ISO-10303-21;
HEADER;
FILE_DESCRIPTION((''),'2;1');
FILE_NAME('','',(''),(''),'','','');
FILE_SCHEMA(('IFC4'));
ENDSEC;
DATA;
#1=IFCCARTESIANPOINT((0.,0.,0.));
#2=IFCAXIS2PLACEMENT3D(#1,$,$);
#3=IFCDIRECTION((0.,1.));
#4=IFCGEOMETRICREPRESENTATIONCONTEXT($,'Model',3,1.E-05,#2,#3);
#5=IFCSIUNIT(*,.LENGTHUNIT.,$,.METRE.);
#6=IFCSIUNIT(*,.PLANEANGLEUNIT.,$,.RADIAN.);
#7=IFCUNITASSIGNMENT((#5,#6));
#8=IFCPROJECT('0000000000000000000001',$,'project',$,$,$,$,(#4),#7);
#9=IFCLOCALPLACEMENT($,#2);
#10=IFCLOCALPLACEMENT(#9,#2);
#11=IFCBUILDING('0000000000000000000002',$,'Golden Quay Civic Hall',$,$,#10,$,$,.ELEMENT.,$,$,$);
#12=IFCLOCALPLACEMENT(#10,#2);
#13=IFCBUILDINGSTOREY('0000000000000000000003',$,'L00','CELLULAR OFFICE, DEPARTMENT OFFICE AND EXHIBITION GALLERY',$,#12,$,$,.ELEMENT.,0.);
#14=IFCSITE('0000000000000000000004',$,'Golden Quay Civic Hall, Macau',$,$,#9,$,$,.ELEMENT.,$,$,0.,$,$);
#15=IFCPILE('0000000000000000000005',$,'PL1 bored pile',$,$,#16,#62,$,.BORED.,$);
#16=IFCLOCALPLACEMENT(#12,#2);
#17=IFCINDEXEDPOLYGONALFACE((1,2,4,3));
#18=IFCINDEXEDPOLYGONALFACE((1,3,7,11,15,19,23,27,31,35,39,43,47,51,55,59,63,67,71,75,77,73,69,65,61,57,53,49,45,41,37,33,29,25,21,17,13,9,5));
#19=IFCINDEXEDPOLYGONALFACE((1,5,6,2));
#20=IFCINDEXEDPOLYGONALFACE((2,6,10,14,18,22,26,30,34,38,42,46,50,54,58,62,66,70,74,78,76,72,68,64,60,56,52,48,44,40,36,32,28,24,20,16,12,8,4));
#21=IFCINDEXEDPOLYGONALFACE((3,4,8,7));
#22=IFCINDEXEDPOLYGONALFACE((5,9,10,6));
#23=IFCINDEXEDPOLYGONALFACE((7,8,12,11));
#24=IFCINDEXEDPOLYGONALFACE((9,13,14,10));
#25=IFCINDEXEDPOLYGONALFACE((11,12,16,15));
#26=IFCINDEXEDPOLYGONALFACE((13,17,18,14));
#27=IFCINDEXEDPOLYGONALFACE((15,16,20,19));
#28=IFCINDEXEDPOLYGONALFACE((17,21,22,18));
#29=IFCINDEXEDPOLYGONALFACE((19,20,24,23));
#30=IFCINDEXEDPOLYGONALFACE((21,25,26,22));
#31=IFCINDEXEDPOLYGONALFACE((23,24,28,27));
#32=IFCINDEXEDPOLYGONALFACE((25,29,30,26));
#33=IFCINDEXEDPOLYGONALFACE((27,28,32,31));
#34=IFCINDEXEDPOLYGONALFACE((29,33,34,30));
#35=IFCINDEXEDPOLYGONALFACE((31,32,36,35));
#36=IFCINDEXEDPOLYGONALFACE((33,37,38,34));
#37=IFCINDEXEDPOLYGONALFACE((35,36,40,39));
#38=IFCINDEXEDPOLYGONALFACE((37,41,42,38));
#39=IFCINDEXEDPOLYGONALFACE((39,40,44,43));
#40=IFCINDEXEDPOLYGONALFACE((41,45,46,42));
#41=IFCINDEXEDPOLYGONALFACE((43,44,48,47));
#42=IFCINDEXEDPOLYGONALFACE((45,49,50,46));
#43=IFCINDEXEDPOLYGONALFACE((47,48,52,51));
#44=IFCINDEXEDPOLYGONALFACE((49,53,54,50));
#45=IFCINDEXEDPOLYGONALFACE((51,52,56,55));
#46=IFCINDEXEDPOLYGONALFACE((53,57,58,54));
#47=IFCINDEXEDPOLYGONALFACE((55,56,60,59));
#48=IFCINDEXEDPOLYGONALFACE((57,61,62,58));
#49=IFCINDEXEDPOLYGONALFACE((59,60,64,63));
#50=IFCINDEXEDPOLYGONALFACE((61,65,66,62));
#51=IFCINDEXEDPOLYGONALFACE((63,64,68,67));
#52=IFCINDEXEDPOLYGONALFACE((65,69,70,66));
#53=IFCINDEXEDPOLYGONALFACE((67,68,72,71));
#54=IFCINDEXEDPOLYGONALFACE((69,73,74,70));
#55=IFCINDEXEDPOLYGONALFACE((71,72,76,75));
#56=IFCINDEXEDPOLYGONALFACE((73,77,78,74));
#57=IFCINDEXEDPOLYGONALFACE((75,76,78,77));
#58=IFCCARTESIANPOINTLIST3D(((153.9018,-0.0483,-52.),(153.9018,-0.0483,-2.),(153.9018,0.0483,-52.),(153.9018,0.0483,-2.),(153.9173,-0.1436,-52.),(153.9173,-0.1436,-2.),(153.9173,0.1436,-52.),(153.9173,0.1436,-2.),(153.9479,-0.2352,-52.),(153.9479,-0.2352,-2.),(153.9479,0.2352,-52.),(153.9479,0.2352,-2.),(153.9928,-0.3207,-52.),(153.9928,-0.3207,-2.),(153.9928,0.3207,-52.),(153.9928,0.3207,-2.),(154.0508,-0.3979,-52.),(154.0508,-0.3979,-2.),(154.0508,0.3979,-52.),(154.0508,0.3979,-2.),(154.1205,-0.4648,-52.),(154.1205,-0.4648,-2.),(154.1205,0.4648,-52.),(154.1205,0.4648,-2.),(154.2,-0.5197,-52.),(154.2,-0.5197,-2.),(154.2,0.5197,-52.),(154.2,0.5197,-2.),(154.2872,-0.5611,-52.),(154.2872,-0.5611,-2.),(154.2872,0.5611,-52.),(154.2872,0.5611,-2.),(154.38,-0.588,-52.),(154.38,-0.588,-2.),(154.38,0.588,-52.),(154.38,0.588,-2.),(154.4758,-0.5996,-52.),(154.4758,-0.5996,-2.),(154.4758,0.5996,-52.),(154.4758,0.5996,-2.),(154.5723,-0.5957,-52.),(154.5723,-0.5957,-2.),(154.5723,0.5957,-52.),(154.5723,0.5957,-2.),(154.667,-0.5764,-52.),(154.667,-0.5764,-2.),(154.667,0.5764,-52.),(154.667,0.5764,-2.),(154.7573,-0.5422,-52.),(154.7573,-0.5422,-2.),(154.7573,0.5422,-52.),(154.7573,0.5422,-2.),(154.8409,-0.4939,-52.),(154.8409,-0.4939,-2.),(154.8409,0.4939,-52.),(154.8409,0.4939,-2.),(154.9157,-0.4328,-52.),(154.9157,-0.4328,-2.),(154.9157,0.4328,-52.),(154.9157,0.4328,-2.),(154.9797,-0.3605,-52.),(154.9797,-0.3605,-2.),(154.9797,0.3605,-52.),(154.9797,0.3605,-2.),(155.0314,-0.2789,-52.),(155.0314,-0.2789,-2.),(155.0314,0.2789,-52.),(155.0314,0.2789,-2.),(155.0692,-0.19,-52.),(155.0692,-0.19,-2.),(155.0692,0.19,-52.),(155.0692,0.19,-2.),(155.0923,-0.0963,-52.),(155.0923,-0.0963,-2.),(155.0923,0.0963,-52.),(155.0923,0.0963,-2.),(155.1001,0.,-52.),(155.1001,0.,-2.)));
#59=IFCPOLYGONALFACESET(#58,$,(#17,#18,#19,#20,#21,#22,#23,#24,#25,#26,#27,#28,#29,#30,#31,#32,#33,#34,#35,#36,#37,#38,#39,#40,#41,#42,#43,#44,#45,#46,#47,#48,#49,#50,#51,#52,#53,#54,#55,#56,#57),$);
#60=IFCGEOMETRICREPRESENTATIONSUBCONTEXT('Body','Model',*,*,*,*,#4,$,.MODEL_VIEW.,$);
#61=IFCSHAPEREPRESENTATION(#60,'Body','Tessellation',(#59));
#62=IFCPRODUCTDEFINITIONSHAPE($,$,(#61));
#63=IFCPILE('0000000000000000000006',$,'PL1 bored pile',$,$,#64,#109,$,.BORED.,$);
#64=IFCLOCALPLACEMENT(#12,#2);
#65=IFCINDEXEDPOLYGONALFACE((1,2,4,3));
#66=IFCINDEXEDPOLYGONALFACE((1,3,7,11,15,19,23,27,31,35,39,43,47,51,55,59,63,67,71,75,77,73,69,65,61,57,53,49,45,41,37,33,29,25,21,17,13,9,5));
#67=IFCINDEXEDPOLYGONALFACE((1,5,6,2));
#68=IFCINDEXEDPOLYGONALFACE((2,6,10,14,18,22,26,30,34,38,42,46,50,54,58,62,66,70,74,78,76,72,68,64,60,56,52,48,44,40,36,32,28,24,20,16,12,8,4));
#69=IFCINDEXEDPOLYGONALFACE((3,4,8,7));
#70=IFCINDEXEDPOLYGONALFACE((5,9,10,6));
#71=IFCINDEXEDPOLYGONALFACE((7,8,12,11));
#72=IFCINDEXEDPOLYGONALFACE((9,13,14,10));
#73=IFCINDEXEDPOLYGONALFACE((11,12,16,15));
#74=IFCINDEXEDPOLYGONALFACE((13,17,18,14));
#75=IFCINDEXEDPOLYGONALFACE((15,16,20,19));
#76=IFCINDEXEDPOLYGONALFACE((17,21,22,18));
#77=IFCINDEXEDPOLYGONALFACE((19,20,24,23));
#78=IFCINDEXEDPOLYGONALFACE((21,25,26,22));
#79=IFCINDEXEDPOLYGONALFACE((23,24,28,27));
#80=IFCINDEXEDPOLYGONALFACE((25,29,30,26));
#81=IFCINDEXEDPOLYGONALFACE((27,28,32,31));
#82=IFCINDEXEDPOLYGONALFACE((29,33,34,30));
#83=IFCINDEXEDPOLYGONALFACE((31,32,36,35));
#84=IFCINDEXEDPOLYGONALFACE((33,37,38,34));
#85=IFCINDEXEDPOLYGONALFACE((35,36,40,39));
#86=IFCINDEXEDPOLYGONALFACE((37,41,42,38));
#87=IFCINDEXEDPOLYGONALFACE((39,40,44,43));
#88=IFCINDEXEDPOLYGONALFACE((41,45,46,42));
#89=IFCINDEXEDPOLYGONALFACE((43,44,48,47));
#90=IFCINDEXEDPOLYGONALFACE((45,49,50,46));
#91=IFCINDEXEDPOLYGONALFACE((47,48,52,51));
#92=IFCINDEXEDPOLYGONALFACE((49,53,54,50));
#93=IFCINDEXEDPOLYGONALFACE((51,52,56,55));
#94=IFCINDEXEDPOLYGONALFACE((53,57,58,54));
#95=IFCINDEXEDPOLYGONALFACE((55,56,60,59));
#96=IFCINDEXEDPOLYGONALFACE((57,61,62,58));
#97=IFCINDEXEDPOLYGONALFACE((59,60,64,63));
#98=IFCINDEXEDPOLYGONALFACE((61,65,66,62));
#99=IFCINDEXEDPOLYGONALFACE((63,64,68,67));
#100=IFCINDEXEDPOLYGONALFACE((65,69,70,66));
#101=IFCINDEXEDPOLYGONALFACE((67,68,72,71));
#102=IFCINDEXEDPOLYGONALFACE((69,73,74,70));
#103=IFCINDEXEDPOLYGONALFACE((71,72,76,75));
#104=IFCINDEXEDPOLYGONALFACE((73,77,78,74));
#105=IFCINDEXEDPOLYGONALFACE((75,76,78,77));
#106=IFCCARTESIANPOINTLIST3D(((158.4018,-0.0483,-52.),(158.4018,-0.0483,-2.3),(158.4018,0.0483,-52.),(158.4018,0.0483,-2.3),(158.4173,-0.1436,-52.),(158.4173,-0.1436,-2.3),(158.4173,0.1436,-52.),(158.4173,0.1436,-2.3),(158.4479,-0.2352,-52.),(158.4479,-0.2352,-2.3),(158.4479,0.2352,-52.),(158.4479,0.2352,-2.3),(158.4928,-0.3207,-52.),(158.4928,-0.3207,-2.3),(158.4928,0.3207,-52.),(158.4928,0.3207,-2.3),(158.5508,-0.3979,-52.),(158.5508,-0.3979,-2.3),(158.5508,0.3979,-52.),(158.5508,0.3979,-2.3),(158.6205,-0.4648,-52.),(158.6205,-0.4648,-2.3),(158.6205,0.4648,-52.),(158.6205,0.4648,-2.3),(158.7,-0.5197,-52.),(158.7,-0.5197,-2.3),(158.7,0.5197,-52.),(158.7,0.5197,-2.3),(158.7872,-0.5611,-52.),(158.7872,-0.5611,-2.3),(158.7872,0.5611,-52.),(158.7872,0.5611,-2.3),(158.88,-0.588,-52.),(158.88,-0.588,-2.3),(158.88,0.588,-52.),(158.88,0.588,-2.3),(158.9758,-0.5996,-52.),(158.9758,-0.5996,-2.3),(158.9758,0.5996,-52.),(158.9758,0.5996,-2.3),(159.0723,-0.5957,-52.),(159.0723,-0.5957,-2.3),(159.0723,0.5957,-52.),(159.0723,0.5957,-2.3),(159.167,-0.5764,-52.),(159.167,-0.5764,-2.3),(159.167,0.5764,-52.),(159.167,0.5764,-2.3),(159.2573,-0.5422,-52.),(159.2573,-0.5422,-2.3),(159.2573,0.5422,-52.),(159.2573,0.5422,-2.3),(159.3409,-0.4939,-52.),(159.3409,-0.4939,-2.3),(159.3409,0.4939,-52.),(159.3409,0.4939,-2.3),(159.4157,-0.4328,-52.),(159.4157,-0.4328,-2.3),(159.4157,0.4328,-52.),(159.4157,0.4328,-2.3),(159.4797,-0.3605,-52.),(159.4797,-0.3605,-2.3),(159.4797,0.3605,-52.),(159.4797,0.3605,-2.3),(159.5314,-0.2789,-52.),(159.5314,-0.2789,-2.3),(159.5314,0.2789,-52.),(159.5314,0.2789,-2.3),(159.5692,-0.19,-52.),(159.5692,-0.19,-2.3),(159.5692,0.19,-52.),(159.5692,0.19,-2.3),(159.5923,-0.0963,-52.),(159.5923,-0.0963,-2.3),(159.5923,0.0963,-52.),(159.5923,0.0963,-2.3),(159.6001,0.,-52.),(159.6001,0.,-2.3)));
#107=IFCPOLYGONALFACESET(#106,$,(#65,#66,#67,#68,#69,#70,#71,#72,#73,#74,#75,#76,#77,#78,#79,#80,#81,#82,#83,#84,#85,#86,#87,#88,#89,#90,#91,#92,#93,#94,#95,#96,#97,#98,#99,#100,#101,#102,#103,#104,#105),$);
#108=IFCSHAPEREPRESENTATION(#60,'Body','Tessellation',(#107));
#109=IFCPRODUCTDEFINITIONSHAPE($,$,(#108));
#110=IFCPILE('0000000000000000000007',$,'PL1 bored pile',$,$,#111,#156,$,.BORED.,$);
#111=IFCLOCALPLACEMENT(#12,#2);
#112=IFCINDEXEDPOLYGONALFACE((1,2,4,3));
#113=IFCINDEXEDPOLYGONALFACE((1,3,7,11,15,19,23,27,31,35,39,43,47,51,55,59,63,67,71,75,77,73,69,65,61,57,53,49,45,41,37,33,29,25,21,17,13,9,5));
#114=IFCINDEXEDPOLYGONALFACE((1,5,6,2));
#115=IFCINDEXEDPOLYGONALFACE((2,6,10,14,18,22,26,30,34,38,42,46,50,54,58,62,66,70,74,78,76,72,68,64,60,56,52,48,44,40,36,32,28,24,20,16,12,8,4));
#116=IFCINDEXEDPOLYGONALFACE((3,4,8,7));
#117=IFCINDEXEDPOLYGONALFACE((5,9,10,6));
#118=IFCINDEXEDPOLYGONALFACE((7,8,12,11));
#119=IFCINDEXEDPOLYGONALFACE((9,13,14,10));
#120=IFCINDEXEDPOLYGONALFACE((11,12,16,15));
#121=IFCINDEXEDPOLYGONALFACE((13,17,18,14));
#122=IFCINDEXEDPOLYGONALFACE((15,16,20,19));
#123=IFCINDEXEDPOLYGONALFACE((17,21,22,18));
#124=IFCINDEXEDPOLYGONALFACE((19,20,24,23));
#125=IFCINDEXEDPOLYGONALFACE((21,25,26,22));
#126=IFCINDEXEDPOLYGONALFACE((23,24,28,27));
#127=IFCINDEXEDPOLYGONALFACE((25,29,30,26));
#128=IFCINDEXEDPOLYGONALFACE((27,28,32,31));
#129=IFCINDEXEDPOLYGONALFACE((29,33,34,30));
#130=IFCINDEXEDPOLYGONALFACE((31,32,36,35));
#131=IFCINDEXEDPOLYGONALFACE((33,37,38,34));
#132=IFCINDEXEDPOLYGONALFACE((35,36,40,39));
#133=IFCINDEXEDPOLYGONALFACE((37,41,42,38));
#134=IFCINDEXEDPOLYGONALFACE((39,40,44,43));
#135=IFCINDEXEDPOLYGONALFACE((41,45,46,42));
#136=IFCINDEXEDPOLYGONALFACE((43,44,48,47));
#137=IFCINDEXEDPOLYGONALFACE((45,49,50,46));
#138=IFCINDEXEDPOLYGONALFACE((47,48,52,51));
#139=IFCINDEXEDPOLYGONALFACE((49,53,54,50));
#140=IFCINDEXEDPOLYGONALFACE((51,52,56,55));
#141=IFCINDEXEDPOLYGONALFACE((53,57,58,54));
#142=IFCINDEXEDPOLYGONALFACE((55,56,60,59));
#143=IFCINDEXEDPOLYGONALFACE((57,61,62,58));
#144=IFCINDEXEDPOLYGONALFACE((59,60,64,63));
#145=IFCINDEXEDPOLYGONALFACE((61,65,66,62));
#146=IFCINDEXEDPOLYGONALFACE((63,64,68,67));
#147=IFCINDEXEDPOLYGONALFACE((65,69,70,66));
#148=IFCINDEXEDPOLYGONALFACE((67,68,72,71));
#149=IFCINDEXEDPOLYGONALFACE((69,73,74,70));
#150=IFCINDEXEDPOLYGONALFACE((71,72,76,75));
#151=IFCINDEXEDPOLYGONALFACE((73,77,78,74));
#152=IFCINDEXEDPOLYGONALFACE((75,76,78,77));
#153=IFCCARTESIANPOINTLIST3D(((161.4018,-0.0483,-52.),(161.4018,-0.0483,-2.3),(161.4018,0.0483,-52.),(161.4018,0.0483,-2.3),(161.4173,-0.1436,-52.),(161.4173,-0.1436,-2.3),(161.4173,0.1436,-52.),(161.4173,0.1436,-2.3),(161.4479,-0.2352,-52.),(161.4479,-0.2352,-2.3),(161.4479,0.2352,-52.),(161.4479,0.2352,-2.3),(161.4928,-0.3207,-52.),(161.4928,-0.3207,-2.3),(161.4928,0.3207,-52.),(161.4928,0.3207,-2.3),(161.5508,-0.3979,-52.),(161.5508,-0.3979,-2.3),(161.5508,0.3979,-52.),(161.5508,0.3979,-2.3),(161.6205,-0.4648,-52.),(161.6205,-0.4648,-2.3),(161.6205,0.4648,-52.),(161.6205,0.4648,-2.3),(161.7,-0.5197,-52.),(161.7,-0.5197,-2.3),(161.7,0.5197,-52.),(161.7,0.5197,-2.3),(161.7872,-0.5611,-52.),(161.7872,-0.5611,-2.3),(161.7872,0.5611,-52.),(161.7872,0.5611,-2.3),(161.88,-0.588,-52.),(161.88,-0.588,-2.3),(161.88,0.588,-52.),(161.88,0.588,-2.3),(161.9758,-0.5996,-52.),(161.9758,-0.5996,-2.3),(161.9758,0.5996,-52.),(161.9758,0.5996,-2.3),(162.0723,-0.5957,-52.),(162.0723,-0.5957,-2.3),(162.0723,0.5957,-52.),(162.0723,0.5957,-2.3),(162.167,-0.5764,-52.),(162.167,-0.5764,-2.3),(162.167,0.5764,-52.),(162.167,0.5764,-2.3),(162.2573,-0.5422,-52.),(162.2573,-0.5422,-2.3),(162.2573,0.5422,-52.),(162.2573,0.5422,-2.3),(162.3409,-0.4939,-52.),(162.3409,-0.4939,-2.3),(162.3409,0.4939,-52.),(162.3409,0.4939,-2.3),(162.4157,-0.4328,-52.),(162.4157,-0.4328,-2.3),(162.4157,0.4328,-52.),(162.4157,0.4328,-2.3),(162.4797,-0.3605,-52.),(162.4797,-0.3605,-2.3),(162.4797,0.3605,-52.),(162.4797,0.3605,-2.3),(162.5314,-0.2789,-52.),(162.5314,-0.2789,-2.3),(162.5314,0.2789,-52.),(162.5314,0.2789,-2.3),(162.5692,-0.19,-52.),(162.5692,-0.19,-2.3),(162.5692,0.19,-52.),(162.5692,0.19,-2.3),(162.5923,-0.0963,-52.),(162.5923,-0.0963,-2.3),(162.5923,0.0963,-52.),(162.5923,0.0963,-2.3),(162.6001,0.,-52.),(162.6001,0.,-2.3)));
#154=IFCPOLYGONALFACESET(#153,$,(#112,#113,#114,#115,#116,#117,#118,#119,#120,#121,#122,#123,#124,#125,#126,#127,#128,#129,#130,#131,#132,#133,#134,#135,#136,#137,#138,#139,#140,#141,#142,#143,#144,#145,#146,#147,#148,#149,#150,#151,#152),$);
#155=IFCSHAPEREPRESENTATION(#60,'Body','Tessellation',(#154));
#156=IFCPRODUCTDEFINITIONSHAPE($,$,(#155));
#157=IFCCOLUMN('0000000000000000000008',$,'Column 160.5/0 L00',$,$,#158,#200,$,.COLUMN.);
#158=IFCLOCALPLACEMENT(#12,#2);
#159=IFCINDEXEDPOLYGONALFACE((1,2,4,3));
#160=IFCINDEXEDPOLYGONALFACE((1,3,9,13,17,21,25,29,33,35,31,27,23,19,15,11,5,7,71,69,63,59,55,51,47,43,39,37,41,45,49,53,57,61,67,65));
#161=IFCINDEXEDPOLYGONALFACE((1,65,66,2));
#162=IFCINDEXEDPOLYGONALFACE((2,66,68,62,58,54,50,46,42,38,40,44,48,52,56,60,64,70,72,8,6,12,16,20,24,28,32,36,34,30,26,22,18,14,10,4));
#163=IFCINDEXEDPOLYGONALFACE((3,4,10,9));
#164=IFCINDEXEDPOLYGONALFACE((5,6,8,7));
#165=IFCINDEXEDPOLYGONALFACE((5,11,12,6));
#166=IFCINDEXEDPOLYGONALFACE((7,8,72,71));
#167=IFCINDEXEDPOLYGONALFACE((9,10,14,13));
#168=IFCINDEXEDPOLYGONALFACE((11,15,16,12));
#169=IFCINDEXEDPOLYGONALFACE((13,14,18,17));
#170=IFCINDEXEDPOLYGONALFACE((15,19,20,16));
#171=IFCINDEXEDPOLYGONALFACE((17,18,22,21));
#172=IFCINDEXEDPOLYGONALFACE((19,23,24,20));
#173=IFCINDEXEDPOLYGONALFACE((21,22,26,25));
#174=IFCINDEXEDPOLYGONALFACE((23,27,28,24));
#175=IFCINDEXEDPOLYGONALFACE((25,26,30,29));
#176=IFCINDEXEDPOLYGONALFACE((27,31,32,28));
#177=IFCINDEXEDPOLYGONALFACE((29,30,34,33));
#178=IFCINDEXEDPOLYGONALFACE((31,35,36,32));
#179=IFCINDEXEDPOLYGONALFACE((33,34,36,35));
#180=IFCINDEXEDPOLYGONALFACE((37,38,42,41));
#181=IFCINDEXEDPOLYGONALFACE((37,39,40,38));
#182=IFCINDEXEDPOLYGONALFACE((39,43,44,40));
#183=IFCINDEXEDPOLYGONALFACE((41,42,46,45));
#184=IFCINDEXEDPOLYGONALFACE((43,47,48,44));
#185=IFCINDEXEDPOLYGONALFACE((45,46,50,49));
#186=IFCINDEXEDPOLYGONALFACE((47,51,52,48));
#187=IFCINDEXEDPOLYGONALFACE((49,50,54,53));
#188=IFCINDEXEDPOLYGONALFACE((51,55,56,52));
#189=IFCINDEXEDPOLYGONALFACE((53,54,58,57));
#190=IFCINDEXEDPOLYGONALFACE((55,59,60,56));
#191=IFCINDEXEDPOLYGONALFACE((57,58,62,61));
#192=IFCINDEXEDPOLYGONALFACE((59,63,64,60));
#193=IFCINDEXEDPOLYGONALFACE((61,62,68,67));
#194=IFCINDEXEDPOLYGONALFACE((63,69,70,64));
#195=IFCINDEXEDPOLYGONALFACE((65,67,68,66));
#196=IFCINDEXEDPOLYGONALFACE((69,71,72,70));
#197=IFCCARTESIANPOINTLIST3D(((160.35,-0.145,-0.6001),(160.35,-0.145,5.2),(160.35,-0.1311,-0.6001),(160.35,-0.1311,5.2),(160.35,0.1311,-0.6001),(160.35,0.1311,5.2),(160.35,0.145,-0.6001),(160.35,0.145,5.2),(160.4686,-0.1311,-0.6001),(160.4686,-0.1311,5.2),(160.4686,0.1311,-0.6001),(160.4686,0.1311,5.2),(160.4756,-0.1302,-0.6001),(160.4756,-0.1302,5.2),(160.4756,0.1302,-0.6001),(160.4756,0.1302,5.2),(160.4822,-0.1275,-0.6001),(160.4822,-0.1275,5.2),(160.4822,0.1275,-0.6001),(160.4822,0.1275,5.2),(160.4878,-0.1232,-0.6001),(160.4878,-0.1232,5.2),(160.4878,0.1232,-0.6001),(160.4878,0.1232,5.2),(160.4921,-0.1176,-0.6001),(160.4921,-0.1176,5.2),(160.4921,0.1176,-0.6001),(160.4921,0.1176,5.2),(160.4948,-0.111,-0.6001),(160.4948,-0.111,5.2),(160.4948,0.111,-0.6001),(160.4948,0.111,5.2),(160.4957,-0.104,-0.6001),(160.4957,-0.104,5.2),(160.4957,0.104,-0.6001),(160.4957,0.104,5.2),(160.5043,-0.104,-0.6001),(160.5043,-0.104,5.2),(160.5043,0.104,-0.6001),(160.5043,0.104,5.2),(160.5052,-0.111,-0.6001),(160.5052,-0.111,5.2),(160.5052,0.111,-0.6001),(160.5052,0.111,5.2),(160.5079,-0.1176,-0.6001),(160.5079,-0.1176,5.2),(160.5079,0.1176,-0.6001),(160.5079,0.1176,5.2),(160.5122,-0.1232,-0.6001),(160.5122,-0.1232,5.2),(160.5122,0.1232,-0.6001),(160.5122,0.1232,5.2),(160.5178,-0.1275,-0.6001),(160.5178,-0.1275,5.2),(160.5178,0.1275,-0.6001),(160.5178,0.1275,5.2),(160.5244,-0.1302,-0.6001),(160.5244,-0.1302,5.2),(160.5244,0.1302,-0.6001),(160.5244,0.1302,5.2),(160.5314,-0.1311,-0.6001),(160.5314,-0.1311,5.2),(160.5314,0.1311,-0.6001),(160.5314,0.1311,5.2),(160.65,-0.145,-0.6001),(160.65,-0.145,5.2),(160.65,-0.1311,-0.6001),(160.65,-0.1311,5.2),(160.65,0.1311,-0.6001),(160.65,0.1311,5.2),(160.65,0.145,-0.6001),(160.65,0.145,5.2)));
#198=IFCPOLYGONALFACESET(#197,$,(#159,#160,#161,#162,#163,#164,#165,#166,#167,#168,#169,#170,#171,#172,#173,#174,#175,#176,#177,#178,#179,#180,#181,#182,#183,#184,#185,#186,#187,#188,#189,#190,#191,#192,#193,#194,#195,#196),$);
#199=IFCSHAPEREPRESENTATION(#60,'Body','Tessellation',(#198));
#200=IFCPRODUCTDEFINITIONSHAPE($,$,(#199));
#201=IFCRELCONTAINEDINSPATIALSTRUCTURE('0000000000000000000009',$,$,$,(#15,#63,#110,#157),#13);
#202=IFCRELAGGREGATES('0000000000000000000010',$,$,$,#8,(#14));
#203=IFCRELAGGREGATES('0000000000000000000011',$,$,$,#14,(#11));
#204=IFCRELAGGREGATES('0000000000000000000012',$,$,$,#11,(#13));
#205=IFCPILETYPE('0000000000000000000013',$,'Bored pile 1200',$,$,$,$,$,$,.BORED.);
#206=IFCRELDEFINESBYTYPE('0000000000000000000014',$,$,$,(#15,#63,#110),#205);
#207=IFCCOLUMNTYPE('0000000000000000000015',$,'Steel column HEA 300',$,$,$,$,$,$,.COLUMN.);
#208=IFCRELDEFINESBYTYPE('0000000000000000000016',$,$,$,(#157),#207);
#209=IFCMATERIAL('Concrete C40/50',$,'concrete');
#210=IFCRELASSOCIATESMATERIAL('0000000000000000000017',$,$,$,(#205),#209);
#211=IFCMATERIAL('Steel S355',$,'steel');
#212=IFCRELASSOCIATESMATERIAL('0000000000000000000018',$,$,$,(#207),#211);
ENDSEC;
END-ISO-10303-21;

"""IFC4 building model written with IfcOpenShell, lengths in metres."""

from ifc_helpers import new_model, si_unit, direction, frame, origin, origin_2d, place, context, subcontext, project, spatial, circle, i_section, extrude, material, material_profile, profile_set, type_object, element, save


model = new_model("IFC4")

# Units and contexts
model_context = context("Model", 3, precision=1e-05, world=origin(), true_north=direction((0.0, 1.0)))
body_context = subcontext(model_context, "Body", "Model", "MODEL_VIEW")
ifc_project = project(units=[si_unit("LENGTHUNIT", "METRE"), si_unit("PLANEANGLEUNIT", "RADIAN")], contexts=[model_context])

# Site, building, storey
site_placement = place(None, origin())
site = spatial("IfcSite", under=ifc_project, at=site_placement, Name="Golden Quay Civic Hall, Macau", CompositionType="ELEMENT", RefElevation=0.0)
building_placement = place(site_placement, origin())
building = spatial("IfcBuilding", under=site, at=building_placement, Name="Golden Quay Civic Hall", CompositionType="ELEMENT")
storey_placement = place(building_placement, origin())
storey = spatial("IfcBuildingStorey", under=building, at=storey_placement, Name="L00", Description="CELLULAR OFFICE, DEPARTMENT OFFICE AND EXHIBITION GALLERY", CompositionType="ELEMENT", Elevation=0.0)

# Piles
ifc_material_1 = material(Name="Concrete C40/50", Category="concrete")
ifc_material_profile_1 = material_profile(ifc_material_1, circle(Radius=0.6001, at=origin_2d()), Name="RC D1200")
ifc_profile_set_1 = profile_set([ifc_material_profile_1], Name="Concrete C40/50")
pile_type = type_object("IfcPileType", Name="Bored pile 1200", PredefinedType="BORED", material=ifc_profile_set_1)
pile_placement = place(storey_placement, frame((154.5, 0.0, -2.0), z_axis=(0.0, 0.0, -1.0), x_axis=(1.0, 0.0, 0.0)))
element("IfcPile", 1, at=pile_placement, inside=storey, type_object=pile_type, Name="PL1 bored pile", PredefinedType="BORED", context=body_context, shape_type="SweptSolid", body=[
    extrude(circle(Radius=0.6001, at=origin_2d()), origin(), (0.0, 0.0, 1.0), 50.0),
])
for number, where, z_axis, x_axis, name in (
    (2, (159.0, 0.0, -2.3), (0.0, 0.0, -1.0), (1.0, 0.0, 0.0), "PL1 bored pile"),
    (3, (162.0, 0.0, -2.3), (0.0, 0.0, -1.0), (1.0, 0.0, 0.0), "PL1 bored pile"),
):
    element("IfcPile", number, at=place(storey_placement, frame(where, z_axis=z_axis, x_axis=x_axis)), inside=storey, type_object=pile_type, Name=name, PredefinedType="BORED", context=body_context, shape_type="SweptSolid", body=[
        extrude(circle(Radius=0.6001, at=origin_2d()), origin(), (0.0, 0.0, 1.0), 49.7),
    ])

# Column
ifc_material_2 = material(Name="Steel S355", Category="steel")
ifc_material_profile_2 = material_profile(ifc_material_2, i_section(OverallWidth=0.3, OverallDepth=0.29, WebThickness=0.0085, FlangeThickness=0.0139, FilletRadius=0.0271, at=origin_2d()), Name="HEA 300")
ifc_profile_set_2 = profile_set([ifc_material_profile_2], Name="Steel S355")
column_type = type_object("IfcColumnType", Name="Steel column HEA 300", PredefinedType="COLUMN", material=ifc_profile_set_2)
for number, where, z_axis, x_axis, name in (
    (4, (160.5, 0.0, -0.6001), (0.0, 0.0, 1.0), (1.0, 0.0, 0.0), "Column 160.5/0 L00"),
):
    element("IfcColumn", number, at=place(storey_placement, frame(where, z_axis=z_axis, x_axis=x_axis)), inside=storey, type_object=column_type, Name=name, PredefinedType="COLUMN", context=body_context, shape_type="SweptSolid", body=[
        extrude(i_section(OverallWidth=0.3, OverallDepth=0.29, WebThickness=0.0085, FlangeThickness=0.0139, FilletRadius=0.0271, at=origin_2d()), origin(), (0.0, 0.0, 1.0), 5.8),
    ])

save(model, "model.ifc")
